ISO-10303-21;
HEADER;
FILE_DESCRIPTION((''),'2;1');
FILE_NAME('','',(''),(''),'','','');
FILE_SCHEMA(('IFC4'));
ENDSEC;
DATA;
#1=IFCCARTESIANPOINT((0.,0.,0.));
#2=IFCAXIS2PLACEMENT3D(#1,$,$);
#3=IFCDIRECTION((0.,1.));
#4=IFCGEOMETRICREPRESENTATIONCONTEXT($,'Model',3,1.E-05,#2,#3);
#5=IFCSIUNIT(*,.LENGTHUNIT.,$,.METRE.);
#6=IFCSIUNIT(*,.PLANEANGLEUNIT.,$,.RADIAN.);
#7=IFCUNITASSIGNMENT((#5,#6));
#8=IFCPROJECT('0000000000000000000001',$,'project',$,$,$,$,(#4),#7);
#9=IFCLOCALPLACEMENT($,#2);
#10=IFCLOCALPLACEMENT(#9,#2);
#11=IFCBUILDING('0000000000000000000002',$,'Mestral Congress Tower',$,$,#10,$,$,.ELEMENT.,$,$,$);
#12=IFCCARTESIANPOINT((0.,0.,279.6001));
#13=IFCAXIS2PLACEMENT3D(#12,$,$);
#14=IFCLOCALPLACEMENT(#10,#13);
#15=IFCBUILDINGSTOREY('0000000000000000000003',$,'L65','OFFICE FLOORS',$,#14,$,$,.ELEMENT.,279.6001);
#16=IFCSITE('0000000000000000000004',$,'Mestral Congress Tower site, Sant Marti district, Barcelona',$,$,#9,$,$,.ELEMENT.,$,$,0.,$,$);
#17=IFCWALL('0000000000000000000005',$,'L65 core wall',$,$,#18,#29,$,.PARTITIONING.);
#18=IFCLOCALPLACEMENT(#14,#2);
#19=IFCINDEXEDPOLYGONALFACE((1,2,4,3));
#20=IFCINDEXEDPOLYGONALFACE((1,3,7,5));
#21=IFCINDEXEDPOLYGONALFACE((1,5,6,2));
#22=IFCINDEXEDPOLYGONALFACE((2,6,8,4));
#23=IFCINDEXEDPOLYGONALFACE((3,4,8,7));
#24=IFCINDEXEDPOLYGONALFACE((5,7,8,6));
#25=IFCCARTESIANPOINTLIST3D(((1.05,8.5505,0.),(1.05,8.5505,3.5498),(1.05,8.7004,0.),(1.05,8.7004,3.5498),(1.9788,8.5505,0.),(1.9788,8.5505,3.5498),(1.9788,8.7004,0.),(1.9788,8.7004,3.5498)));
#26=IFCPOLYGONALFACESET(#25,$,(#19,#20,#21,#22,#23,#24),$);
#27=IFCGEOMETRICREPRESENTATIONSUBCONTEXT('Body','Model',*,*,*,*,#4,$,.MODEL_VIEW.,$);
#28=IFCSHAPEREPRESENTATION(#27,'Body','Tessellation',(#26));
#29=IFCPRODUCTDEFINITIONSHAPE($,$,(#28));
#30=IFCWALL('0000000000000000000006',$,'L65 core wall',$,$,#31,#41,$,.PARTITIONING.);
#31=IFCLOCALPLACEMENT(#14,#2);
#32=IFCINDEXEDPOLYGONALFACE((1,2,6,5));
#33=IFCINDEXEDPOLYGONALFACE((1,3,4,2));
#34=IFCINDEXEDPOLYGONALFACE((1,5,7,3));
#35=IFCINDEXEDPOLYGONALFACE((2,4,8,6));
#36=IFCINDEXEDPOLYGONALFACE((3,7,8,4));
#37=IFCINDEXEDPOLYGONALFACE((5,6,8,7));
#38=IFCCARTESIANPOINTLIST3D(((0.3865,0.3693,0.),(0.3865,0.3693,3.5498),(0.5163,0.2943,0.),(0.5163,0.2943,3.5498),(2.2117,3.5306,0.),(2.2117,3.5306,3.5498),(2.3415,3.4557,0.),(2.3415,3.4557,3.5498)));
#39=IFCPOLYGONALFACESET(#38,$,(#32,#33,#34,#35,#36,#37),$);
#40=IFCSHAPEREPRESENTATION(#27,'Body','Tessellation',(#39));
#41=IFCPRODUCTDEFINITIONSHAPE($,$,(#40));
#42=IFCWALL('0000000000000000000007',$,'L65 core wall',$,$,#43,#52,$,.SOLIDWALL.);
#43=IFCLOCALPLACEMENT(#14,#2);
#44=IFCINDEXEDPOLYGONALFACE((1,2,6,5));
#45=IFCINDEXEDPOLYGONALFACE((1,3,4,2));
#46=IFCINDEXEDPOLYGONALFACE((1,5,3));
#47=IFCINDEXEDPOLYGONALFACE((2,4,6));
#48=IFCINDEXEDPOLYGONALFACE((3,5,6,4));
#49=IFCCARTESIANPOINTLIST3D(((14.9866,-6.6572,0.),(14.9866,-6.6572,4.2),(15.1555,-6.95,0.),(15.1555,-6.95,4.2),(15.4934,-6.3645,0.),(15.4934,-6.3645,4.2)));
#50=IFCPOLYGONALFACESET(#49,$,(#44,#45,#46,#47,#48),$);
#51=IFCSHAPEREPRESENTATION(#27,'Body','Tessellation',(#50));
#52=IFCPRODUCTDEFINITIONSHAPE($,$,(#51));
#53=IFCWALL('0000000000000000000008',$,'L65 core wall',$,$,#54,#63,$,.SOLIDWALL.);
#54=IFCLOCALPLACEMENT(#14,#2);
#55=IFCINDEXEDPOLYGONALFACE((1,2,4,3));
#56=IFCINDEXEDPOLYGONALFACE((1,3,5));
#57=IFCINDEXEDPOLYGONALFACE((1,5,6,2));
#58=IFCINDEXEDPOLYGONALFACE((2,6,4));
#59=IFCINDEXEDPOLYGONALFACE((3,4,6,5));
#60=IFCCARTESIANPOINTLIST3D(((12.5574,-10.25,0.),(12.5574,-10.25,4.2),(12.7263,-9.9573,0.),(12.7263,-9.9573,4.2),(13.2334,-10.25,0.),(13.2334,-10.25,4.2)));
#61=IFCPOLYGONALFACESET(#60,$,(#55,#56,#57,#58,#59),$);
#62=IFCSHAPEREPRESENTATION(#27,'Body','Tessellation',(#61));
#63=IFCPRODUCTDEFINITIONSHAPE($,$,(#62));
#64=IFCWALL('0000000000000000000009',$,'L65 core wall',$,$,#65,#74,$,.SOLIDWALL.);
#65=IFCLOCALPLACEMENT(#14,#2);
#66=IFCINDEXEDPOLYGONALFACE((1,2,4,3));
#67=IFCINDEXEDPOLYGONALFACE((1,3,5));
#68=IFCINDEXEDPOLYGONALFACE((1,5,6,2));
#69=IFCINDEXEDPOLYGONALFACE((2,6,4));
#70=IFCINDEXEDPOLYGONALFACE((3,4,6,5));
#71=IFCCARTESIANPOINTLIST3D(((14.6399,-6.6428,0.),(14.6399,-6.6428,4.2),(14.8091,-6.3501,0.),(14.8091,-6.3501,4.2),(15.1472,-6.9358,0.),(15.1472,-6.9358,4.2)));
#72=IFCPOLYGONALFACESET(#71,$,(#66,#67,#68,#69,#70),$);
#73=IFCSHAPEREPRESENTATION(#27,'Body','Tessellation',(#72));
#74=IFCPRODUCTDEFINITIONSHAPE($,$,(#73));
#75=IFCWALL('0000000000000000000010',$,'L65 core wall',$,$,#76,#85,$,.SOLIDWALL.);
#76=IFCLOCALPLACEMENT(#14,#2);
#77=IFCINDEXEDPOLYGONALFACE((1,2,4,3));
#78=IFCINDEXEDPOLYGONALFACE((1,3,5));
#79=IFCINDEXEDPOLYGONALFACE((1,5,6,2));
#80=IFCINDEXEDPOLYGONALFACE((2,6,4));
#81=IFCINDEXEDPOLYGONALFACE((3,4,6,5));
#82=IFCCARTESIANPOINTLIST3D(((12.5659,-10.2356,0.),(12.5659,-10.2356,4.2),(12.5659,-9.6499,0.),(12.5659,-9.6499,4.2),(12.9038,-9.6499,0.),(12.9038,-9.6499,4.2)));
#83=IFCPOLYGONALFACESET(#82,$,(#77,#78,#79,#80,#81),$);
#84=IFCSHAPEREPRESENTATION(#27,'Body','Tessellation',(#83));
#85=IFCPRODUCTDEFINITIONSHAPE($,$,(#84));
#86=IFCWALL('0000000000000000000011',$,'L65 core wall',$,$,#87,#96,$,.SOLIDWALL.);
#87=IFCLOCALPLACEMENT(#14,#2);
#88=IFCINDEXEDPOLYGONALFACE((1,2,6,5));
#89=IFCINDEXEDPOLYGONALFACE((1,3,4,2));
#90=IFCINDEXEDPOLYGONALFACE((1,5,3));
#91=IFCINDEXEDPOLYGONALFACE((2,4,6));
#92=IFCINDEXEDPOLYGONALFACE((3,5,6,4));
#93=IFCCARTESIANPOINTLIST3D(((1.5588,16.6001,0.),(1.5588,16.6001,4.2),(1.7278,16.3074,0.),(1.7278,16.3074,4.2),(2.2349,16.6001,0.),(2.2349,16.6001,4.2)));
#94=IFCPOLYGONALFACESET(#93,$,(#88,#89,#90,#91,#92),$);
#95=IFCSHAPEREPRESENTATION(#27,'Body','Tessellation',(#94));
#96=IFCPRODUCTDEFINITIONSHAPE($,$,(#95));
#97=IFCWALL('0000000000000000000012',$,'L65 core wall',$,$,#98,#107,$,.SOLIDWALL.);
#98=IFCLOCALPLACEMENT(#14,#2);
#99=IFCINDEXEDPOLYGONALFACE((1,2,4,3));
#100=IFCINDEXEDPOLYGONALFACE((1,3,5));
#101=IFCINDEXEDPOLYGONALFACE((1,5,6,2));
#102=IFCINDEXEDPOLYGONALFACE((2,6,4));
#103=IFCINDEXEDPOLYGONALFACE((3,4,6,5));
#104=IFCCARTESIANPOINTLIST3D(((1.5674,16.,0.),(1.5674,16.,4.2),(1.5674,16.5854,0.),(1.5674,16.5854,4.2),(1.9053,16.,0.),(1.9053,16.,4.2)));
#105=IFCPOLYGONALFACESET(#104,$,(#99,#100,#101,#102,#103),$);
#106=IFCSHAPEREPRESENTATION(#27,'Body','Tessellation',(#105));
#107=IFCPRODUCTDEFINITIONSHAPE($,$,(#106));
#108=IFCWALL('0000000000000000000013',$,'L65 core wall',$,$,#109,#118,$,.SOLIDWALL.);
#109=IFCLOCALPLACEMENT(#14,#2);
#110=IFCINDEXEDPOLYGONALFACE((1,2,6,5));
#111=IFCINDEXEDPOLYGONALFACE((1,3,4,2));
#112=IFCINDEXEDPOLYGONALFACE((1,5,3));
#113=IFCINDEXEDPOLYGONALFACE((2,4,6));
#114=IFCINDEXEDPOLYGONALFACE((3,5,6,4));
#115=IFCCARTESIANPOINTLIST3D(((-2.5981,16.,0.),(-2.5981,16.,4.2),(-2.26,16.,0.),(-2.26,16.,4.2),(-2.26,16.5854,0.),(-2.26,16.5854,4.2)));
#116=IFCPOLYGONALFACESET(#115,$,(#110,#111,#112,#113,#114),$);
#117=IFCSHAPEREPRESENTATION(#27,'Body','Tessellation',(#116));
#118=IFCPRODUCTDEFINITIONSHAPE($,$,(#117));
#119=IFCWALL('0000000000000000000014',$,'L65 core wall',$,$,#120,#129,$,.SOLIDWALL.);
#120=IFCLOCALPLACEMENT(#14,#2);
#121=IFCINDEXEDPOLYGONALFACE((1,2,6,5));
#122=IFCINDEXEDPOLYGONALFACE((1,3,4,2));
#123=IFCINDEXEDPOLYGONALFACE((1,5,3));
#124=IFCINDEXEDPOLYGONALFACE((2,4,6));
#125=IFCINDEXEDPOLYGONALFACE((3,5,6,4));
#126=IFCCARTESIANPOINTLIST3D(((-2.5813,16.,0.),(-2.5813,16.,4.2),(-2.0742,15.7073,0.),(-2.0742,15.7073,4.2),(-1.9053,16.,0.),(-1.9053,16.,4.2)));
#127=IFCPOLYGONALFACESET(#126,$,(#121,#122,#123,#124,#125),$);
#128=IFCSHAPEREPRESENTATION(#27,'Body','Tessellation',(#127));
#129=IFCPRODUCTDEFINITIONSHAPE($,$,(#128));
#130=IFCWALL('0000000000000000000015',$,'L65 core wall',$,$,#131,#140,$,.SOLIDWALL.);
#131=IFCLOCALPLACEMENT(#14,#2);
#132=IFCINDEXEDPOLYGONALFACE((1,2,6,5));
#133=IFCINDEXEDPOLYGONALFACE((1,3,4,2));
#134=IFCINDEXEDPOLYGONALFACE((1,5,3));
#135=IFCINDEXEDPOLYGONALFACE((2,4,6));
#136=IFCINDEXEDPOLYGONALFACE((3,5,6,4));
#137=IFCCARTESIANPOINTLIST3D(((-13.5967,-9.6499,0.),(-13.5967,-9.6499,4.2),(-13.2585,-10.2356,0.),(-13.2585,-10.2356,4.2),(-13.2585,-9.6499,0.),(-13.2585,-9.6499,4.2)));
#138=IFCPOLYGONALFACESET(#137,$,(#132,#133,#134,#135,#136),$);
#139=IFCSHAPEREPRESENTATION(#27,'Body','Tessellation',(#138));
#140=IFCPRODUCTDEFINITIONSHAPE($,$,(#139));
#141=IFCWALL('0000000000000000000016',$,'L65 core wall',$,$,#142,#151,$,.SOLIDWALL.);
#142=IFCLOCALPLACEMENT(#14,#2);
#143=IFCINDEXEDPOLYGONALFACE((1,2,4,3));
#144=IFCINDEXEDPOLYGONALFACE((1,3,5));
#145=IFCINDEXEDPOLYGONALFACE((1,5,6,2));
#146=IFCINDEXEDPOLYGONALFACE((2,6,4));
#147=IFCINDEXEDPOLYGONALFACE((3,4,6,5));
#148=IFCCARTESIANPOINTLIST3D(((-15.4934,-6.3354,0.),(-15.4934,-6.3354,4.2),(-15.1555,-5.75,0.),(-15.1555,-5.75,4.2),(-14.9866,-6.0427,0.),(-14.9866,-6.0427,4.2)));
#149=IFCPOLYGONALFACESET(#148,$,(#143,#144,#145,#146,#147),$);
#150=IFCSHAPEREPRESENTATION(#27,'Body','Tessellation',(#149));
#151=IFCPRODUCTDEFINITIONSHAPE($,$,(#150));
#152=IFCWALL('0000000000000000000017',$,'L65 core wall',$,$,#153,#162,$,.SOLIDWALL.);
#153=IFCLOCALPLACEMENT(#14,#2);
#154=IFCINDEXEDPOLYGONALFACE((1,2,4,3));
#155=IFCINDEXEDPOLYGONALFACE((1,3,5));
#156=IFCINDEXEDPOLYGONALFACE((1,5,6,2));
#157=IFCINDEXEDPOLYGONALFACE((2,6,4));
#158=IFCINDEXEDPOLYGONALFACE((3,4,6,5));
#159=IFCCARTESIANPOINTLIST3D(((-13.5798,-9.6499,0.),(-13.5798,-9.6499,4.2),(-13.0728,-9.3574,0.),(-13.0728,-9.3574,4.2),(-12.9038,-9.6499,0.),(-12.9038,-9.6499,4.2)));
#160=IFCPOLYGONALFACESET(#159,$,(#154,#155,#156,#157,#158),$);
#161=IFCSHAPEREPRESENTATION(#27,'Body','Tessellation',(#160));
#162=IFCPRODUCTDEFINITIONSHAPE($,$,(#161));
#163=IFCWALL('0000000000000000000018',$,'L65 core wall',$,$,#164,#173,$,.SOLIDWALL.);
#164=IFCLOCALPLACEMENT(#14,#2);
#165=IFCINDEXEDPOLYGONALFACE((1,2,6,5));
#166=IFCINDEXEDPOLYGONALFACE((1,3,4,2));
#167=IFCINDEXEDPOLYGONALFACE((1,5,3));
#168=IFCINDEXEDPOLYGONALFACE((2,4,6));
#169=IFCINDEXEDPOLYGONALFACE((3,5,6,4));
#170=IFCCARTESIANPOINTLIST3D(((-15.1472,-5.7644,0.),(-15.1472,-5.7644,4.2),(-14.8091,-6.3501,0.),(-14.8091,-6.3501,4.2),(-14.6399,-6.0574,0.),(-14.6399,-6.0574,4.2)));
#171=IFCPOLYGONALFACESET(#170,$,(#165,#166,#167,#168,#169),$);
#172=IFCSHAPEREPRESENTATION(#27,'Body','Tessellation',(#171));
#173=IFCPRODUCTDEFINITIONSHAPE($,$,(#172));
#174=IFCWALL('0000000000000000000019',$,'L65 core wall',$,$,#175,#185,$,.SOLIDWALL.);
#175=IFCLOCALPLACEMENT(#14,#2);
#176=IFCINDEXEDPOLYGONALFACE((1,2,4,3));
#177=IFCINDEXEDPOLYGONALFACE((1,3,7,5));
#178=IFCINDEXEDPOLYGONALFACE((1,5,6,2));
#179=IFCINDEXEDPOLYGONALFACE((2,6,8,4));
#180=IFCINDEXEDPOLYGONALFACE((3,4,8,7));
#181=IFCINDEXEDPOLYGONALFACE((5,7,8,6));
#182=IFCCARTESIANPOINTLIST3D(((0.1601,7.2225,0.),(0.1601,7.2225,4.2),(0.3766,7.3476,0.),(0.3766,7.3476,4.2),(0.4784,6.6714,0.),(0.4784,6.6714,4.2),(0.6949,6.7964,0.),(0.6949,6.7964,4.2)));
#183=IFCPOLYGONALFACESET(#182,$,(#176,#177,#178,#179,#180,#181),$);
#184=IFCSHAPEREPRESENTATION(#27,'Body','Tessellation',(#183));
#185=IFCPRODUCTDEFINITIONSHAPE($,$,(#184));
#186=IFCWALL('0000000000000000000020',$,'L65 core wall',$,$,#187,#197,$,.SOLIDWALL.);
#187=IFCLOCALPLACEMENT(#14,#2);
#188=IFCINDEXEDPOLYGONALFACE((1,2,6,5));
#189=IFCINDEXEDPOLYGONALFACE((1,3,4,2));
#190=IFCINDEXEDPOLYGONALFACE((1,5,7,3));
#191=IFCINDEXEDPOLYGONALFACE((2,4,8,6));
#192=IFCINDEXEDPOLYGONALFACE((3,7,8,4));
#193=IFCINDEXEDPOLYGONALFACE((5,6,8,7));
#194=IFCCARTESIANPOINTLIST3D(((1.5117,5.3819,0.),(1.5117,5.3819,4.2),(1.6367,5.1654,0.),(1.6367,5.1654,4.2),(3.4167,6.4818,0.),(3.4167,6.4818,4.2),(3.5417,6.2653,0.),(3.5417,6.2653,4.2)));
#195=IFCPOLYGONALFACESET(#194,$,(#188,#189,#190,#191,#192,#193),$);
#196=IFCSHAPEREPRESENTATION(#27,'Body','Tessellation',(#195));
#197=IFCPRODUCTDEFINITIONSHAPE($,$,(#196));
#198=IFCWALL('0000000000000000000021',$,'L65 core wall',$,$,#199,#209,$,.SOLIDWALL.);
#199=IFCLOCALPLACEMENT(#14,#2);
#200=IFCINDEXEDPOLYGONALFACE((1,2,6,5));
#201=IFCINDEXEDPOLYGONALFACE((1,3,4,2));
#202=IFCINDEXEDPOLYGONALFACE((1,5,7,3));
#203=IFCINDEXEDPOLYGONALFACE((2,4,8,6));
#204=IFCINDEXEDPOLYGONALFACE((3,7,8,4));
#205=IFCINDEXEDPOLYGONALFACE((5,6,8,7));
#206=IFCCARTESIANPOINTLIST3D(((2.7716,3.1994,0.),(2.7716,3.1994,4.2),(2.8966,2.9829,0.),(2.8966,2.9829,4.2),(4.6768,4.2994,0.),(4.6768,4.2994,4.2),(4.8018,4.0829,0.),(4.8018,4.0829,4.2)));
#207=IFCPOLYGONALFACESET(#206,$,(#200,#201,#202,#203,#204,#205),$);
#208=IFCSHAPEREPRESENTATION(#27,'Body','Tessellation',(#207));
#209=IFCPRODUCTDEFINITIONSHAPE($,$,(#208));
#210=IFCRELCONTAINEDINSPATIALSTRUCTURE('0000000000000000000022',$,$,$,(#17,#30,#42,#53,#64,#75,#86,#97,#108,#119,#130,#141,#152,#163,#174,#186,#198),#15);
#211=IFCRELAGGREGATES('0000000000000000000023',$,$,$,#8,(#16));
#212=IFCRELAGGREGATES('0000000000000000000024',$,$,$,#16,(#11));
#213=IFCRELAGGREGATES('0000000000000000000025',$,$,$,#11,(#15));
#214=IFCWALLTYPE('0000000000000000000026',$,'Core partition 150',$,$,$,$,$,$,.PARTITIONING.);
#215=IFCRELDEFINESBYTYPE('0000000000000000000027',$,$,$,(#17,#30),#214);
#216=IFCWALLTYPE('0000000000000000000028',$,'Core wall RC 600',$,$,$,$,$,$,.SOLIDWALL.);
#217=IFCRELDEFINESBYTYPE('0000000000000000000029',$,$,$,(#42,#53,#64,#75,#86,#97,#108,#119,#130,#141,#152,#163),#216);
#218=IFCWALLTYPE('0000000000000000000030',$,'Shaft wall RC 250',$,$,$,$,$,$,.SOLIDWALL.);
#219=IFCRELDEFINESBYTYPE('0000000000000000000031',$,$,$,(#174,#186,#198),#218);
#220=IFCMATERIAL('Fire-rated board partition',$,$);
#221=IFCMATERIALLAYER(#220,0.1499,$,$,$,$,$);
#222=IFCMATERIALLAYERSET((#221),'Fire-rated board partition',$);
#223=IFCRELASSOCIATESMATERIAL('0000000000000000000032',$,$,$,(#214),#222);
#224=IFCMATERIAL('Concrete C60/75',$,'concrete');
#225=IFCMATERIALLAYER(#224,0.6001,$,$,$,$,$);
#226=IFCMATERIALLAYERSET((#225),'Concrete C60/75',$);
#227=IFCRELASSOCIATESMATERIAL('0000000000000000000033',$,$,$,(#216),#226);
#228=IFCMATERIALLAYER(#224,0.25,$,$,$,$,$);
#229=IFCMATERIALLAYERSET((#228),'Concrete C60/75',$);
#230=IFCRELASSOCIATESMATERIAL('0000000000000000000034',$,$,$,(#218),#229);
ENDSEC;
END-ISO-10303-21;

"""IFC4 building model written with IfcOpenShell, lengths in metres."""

from ifc_helpers import new_model, si_unit, direction, frame, frame_2d, origin, place, context, subcontext, project, spatial, polyline, rectangle, outline, extrude, material, layer, layer_set, type_object, element, save


model = new_model("IFC4")

# Units and contexts
model_context = context("Model", 3, precision=1e-05, world=origin(), true_north=direction((0.0, 1.0)))
body_context = subcontext(model_context, "Body", "Model", "MODEL_VIEW")
ifc_project = project(units=[si_unit("LENGTHUNIT", "METRE"), si_unit("PLANEANGLEUNIT", "RADIAN")], contexts=[model_context])

# Site, building, storey
site_placement = place(None, origin())
site = spatial("IfcSite", under=ifc_project, at=site_placement, Name="Mestral Congress Tower site, Sant Marti district, Barcelona", CompositionType="ELEMENT", RefElevation=0.0)
building_placement = place(site_placement, origin())
building = spatial("IfcBuilding", under=site, at=building_placement, Name="Mestral Congress Tower", CompositionType="ELEMENT")
storey_placement = place(building_placement, frame((0.0, 0.0, 279.6001)))
storey = spatial("IfcBuildingStorey", under=building, at=storey_placement, Name="L65", Description="OFFICE FLOORS", CompositionType="ELEMENT", Elevation=279.6001)

# Walls
ifc_material_1 = material(Name="Fire-rated board partition")
ifc_layer_1 = layer(ifc_material_1, 0.1499)
ifc_layer_set_1 = layer_set([ifc_layer_1], Name="Fire-rated board partition")
wall_type_1 = type_object("IfcWallType", Name="Core partition 150", PredefinedType="PARTITIONING", material=ifc_layer_set_1)
wall_1_placement = place(storey_placement, frame((1.05, 8.6255, 0.0), z_axis=(0.0, 0.0, 1.0), x_axis=(1.0, 0.0, 0.0)))
element("IfcWall", 1, at=wall_1_placement, inside=storey, type_object=wall_type_1, Name="L65 core wall", PredefinedType="PARTITIONING", context=body_context, shape_type="SweptSolid", body=[
    extrude(rectangle(XDim=0.9287, YDim=0.1499, at=frame_2d((0.4644, 0.0))), origin(), (0.0, 0.0, 1.0), 3.5498),
])
wall_2_placement = place(storey_placement, frame((2.2766, 3.4932, 0.0), z_axis=(0.0, 0.0, 1.0), x_axis=(-0.499995, -0.866029, 0.0)))
element("IfcWall", 2, at=wall_2_placement, inside=storey, type_object=wall_type_1, Name="L65 core wall", PredefinedType="PARTITIONING", context=body_context, shape_type="SweptSolid", body=[
    extrude(rectangle(XDim=3.6504, YDim=0.1499, at=frame_2d((1.8252, 0.0))), origin(), (0.0, 0.0, 1.0), 3.5498),
])
ifc_material_2 = material(Name="Concrete C60/75", Category="concrete")
ifc_layer_2 = layer(ifc_material_2, 0.6001)
ifc_layer_set_2 = layer_set([ifc_layer_2], Name="Concrete C60/75")
wall_type_2 = type_object("IfcWallType", Name="Core wall RC 600", PredefinedType="SOLIDWALL", material=ifc_layer_set_2)
placement = place(storey_placement, origin())
element("IfcWall", 3, at=placement, inside=storey, type_object=wall_type_2, Name="L65 core wall", PredefinedType="SOLIDWALL", context=body_context, shape_type="SweptSolid", body=[
    extrude(outline(polyline([(15.1555, -6.95), (14.9866, -6.6572), (15.4934, -6.3645), (15.1555, -6.95)])), origin(), (0.0, 0.0, 1.0), 4.2),
])
element("IfcWall", 4, at=placement, inside=storey, type_object=wall_type_2, Name="L65 core wall", PredefinedType="SOLIDWALL", context=body_context, shape_type="SweptSolid", body=[
    extrude(outline(polyline([(12.7263, -9.9573), (13.2334, -10.25), (12.5574, -10.25), (12.7263, -9.9573)])), origin(), (0.0, 0.0, 1.0), 4.2),
])
element("IfcWall", 5, at=placement, inside=storey, type_object=wall_type_2, Name="L65 core wall", PredefinedType="SOLIDWALL", context=body_context, shape_type="SweptSolid", body=[
    extrude(outline(polyline([(14.8091, -6.3501), (15.1472, -6.9358), (14.6399, -6.6428), (14.8091, -6.3501)])), origin(), (0.0, 0.0, 1.0), 4.2),
])
element("IfcWall", 6, at=placement, inside=storey, type_object=wall_type_2, Name="L65 core wall", PredefinedType="SOLIDWALL", context=body_context, shape_type="SweptSolid", body=[
    extrude(outline(polyline([(12.9038, -9.6499), (12.5659, -10.2356), (12.5659, -9.6499), (12.9038, -9.6499)])), origin(), (0.0, 0.0, 1.0), 4.2),
])
element("IfcWall", 7, at=placement, inside=storey, type_object=wall_type_2, Name="L65 core wall", PredefinedType="SOLIDWALL", context=body_context, shape_type="SweptSolid", body=[
    extrude(outline(polyline([(1.5588, 16.6001), (2.2349, 16.6001), (1.7278, 16.3074), (1.5588, 16.6001)])), origin(), (0.0, 0.0, 1.0), 4.2),
])
element("IfcWall", 8, at=placement, inside=storey, type_object=wall_type_2, Name="L65 core wall", PredefinedType="SOLIDWALL", context=body_context, shape_type="SweptSolid", body=[
    extrude(outline(polyline([(1.9053, 16.0), (1.5674, 16.0), (1.5674, 16.5854), (1.9053, 16.0)])), origin(), (0.0, 0.0, 1.0), 4.2),
])
element("IfcWall", 9, at=placement, inside=storey, type_object=wall_type_2, Name="L65 core wall", PredefinedType="SOLIDWALL", context=body_context, shape_type="SweptSolid", body=[
    extrude(outline(polyline([(-2.5981, 16.0), (-2.26, 16.5854), (-2.26, 16.0), (-2.5981, 16.0)])), origin(), (0.0, 0.0, 1.0), 4.2),
])
element("IfcWall", 10, at=placement, inside=storey, type_object=wall_type_2, Name="L65 core wall", PredefinedType="SOLIDWALL", context=body_context, shape_type="SweptSolid", body=[
    extrude(outline(polyline([(-1.9053, 16.0), (-2.0742, 15.7073), (-2.5813, 16.0), (-1.9053, 16.0)])), origin(), (0.0, 0.0, 1.0), 4.2),
])
element("IfcWall", 11, at=placement, inside=storey, type_object=wall_type_2, Name="L65 core wall", PredefinedType="SOLIDWALL", context=body_context, shape_type="SweptSolid", body=[
    extrude(outline(polyline([(-13.5967, -9.6499), (-13.2585, -9.6499), (-13.2585, -10.2356), (-13.5967, -9.6499)])), origin(), (0.0, 0.0, 1.0), 4.2),
])
element("IfcWall", 12, at=placement, inside=storey, type_object=wall_type_2, Name="L65 core wall", PredefinedType="SOLIDWALL", context=body_context, shape_type="SweptSolid", body=[
    extrude(outline(polyline([(-14.9866, -6.0427), (-15.4934, -6.3354), (-15.1555, -5.75), (-14.9866, -6.0427)])), origin(), (0.0, 0.0, 1.0), 4.2),
])
element("IfcWall", 13, at=placement, inside=storey, type_object=wall_type_2, Name="L65 core wall", PredefinedType="SOLIDWALL", context=body_context, shape_type="SweptSolid", body=[
    extrude(outline(polyline([(-12.9038, -9.6499), (-13.5798, -9.6499), (-13.0728, -9.3574), (-12.9038, -9.6499)])), origin(), (0.0, 0.0, 1.0), 4.2),
])
element("IfcWall", 14, at=placement, inside=storey, type_object=wall_type_2, Name="L65 core wall", PredefinedType="SOLIDWALL", context=body_context, shape_type="SweptSolid", body=[
    extrude(outline(polyline([(-14.8091, -6.3501), (-15.1472, -5.7644), (-14.6399, -6.0574), (-14.8091, -6.3501)])), origin(), (0.0, 0.0, 1.0), 4.2),
])
ifc_layer_3 = layer(ifc_material_2, 0.25)
ifc_layer_set_3 = layer_set([ifc_layer_3], Name="Concrete C60/75")
wall_type_3 = type_object("IfcWallType", Name="Shaft wall RC 250", PredefinedType="SOLIDWALL", material=ifc_layer_set_3)
wall_3_placement = place(storey_placement, frame((0.2683, 7.2852, 0.0), z_axis=(0.0, 0.0, 1.0), x_axis=(0.500099, -0.865968, 0.0)))
element("IfcWall", 15, at=wall_3_placement, inside=storey, type_object=wall_type_3, Name="L65 core wall", PredefinedType="SOLIDWALL", context=body_context, shape_type="SweptSolid", body=[
    extrude(rectangle(XDim=0.6365, YDim=0.25, at=frame_2d((0.3184, 0.0))), origin(), (0.0, 0.0, 1.0), 4.2),
])
wall_4_placement = place(storey_placement, frame((1.5742, 5.2737, 0.0), z_axis=(0.0, 0.0, 1.0), x_axis=(0.866028, 0.499995, 0.0)))
element("IfcWall", 16, at=wall_4_placement, inside=storey, type_object=wall_type_3, Name="L65 core wall", PredefinedType="SOLIDWALL", context=body_context, shape_type="SweptSolid", body=[
    extrude(rectangle(XDim=2.1997, YDim=0.25, at=frame_2d((1.0999, 0.0))), origin(), (0.0, 0.0, 1.0), 4.2),
])
wall_5_placement = place(storey_placement, frame((2.834, 3.0911, 0.0), z_axis=(0.0, 0.0, 1.0), x_axis=(0.866008, 0.50003, 0.0)))
element("IfcWall", 17, at=wall_5_placement, inside=storey, type_object=wall_type_3, Name="L65 core wall", PredefinedType="SOLIDWALL", context=body_context, shape_type="SweptSolid", body=[
    extrude(rectangle(XDim=2.2, YDim=0.25, at=frame_2d((1.1001, 0.0))), origin(), (0.0, 0.0, 1.0), 4.2),
])

save(model, "model.ifc")
